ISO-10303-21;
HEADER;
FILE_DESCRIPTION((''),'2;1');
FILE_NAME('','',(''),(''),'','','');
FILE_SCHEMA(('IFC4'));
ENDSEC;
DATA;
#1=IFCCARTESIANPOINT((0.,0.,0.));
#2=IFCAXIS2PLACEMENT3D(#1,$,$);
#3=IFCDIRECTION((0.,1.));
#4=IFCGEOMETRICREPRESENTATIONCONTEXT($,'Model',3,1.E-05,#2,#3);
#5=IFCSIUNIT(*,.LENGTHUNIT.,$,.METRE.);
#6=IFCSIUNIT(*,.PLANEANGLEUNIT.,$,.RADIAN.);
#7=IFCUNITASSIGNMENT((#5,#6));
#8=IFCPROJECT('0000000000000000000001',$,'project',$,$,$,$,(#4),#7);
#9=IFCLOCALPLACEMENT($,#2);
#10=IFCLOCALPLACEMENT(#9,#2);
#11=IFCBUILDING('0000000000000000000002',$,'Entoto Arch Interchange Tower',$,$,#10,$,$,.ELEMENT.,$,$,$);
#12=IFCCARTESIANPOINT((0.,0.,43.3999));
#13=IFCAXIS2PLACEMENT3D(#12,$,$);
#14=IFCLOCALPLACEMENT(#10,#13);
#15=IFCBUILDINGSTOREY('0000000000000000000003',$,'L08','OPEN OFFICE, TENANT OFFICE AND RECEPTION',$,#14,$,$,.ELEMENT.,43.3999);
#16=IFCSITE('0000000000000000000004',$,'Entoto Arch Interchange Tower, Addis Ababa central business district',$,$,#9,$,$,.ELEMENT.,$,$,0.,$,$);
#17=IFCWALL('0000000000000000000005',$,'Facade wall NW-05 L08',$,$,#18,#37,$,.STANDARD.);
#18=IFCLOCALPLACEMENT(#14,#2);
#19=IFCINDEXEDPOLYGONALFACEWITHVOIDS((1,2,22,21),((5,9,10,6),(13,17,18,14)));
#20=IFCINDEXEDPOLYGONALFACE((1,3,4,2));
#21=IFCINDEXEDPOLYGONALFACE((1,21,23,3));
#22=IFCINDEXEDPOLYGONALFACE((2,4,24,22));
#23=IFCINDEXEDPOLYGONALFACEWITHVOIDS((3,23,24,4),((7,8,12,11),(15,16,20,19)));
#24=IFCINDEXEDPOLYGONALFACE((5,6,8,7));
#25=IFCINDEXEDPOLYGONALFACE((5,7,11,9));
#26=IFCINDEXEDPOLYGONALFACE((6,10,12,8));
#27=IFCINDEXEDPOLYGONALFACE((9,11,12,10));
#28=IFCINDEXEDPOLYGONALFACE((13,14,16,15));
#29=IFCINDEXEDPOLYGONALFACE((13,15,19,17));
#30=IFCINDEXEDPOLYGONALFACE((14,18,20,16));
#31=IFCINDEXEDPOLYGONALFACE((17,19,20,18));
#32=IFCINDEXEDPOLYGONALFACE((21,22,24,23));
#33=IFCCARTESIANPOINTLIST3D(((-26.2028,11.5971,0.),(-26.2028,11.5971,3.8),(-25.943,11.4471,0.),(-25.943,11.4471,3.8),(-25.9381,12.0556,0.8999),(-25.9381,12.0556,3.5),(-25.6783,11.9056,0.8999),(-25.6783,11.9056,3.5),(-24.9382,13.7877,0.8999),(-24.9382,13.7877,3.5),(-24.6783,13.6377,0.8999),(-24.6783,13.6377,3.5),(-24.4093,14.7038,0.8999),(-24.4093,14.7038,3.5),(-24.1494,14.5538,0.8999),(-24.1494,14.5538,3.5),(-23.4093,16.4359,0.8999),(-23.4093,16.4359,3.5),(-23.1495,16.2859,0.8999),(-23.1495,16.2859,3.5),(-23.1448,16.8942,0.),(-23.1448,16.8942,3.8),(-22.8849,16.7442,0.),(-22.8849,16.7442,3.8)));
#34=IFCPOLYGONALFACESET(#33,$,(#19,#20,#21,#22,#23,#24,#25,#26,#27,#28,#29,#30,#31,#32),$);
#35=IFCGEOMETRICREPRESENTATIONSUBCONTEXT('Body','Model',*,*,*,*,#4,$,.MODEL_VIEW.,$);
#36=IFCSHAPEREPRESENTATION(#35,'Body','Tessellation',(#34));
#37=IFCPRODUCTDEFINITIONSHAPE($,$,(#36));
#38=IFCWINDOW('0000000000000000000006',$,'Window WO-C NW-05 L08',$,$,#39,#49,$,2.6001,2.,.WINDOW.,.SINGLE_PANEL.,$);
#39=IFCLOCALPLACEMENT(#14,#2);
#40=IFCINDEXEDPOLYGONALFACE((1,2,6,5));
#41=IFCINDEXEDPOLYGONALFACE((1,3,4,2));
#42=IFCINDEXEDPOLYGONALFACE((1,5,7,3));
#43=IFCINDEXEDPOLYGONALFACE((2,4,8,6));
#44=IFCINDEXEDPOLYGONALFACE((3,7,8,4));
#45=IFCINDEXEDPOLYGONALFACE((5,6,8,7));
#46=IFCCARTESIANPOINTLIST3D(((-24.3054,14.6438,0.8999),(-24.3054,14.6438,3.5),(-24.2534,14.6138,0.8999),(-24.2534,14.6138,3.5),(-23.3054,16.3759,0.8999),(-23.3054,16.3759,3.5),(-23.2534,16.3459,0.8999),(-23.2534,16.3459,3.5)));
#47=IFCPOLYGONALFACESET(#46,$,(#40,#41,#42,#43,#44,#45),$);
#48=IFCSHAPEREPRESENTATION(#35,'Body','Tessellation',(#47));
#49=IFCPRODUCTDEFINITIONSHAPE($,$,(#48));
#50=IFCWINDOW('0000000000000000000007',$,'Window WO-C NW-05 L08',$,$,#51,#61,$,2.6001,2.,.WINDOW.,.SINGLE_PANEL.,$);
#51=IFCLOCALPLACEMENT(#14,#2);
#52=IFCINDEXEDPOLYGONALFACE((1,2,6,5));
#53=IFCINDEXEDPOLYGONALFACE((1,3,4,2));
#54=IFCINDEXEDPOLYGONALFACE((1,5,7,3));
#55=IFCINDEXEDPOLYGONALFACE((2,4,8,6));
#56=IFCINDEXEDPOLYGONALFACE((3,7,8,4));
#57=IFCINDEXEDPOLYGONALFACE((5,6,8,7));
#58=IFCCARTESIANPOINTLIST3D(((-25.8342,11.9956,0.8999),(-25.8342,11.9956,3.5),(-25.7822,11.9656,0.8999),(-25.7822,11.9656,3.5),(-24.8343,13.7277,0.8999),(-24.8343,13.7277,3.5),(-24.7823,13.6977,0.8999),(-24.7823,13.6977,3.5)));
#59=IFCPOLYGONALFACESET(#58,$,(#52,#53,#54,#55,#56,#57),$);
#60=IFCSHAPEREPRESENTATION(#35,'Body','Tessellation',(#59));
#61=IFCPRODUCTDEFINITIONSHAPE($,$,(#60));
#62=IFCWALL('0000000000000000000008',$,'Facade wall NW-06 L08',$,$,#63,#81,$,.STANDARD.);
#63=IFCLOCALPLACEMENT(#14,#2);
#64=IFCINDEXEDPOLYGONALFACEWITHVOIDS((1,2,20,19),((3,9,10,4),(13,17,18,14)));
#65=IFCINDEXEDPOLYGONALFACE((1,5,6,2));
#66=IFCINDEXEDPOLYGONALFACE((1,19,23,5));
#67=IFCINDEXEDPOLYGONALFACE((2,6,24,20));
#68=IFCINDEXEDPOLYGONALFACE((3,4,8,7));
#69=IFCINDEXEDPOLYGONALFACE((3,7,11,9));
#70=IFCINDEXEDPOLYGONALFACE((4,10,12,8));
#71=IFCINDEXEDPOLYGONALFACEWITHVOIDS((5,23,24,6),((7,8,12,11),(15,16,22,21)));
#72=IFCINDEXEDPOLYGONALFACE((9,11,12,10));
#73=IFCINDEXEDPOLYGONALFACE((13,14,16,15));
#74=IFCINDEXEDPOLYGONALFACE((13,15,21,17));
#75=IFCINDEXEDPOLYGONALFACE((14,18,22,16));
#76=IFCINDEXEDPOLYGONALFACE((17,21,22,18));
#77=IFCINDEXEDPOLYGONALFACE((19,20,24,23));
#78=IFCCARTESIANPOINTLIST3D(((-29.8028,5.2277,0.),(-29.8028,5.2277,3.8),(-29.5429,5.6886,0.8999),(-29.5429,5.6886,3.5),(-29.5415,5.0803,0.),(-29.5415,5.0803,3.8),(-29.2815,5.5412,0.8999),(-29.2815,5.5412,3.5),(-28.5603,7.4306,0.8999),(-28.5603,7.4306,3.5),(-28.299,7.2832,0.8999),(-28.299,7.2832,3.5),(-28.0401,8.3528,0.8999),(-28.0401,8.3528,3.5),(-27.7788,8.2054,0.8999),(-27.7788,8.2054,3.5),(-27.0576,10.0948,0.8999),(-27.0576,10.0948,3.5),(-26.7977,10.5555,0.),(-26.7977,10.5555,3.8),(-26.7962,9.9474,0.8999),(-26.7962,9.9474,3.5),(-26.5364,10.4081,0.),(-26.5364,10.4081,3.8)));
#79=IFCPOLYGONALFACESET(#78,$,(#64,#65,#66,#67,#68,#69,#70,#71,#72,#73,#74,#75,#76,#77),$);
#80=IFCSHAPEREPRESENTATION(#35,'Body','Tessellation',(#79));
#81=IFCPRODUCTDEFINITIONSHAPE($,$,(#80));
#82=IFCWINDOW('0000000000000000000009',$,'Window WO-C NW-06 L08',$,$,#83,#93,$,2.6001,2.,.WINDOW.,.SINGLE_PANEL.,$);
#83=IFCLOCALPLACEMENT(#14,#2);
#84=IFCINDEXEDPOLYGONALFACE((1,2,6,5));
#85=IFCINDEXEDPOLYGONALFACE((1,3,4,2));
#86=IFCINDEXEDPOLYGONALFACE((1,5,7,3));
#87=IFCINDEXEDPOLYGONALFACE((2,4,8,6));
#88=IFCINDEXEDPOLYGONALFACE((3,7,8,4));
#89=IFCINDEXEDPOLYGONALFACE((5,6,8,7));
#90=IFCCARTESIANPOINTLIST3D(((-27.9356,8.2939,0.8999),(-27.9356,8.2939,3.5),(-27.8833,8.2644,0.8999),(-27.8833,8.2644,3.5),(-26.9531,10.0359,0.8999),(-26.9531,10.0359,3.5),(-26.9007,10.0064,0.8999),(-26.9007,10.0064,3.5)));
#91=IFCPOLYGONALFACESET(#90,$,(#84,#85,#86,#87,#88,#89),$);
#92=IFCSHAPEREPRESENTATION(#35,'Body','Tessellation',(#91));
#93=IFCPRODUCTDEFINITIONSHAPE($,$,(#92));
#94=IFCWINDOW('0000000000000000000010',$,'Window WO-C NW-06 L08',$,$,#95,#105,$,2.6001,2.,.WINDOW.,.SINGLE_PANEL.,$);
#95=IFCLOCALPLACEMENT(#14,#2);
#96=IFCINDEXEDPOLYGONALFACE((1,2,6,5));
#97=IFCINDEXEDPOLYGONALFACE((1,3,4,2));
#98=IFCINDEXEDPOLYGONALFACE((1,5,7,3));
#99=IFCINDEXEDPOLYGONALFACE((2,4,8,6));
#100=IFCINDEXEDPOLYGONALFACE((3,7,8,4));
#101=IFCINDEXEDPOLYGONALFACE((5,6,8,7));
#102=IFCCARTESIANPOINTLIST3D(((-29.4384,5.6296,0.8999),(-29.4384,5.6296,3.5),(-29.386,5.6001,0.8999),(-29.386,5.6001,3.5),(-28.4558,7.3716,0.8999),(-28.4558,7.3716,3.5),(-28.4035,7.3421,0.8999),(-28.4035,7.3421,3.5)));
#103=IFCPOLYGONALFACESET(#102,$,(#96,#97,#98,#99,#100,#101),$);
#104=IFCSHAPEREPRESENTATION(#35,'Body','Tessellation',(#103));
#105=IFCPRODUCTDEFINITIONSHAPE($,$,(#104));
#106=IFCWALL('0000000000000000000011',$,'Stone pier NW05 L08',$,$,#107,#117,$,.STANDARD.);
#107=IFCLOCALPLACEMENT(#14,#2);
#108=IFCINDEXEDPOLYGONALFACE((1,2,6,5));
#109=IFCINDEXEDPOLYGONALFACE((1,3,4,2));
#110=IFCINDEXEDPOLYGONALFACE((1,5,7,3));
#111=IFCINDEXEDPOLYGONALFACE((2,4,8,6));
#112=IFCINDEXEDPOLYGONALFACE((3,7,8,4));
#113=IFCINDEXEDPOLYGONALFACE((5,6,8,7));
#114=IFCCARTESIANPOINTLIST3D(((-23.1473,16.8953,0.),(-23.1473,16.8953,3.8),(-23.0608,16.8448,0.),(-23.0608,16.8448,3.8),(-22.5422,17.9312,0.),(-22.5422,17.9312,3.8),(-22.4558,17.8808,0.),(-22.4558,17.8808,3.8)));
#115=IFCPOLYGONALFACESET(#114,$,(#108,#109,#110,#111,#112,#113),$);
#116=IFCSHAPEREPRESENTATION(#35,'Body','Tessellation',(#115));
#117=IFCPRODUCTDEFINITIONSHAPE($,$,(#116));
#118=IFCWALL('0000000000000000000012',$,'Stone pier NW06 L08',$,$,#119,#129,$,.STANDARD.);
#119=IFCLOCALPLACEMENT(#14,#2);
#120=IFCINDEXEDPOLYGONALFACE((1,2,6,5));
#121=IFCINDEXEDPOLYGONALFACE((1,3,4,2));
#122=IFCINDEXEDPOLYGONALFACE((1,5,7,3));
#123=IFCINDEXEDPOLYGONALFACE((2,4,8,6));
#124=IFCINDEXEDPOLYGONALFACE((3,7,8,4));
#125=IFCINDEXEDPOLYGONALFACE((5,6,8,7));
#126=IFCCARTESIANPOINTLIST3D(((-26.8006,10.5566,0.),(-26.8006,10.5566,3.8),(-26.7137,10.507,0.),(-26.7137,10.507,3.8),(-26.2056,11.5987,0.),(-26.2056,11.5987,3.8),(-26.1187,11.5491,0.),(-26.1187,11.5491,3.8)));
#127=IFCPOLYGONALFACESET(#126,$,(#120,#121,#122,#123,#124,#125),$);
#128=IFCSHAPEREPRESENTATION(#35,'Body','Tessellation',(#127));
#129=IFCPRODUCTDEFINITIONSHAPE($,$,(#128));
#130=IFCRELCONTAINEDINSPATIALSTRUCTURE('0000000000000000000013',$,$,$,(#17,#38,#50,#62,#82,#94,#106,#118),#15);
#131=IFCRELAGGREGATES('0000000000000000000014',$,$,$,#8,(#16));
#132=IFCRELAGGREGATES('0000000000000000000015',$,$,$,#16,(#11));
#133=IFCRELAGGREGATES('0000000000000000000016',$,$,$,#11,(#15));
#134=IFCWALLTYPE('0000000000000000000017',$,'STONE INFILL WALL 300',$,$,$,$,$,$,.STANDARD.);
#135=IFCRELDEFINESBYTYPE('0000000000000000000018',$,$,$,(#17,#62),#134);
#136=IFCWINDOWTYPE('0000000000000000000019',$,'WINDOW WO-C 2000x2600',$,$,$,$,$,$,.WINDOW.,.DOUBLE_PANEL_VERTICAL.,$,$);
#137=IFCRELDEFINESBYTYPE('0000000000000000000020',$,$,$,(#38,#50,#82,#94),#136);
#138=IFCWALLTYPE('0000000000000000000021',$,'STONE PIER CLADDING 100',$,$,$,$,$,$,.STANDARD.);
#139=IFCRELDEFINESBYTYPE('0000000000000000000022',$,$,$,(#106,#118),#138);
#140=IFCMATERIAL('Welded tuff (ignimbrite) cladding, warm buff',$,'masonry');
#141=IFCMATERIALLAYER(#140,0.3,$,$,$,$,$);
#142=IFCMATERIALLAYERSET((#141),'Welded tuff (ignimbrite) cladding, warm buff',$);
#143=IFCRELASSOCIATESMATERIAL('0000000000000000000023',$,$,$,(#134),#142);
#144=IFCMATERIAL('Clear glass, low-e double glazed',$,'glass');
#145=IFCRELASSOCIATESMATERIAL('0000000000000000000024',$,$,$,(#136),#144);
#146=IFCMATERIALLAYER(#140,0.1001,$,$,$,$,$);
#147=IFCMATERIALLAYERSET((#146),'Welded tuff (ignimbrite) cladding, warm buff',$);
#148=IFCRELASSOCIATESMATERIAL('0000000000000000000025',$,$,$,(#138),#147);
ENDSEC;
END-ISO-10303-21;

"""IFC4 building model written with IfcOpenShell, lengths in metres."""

from ifc_helpers import new_model, si_unit, direction, frame, frame_2d, origin, place, context, subcontext, project, spatial, rectangle, extrude, material, layer, layer_set, type_object, element, fill, save


model = new_model("IFC4")

# Units and contexts
model_context = context("Model", 3, precision=1e-05, world=origin(), true_north=direction((0.0, 1.0)))
body_context = subcontext(model_context, "Body", "Model", "MODEL_VIEW")
ifc_project = project(units=[si_unit("LENGTHUNIT", "METRE"), si_unit("PLANEANGLEUNIT", "RADIAN")], contexts=[model_context])

# Site, building, storey
site_placement = place(None, origin())
site = spatial("IfcSite", under=ifc_project, at=site_placement, Name="Entoto Arch Interchange Tower, Addis Ababa central business district", CompositionType="ELEMENT", RefElevation=0.0)
building_placement = place(site_placement, origin())
building = spatial("IfcBuilding", under=site, at=building_placement, Name="Entoto Arch Interchange Tower", CompositionType="ELEMENT")
storey_placement = place(building_placement, frame((0.0, 0.0, 43.3999)))
storey = spatial("IfcBuildingStorey", under=building, at=storey_placement, Name="L08", Description="OPEN OFFICE, TENANT OFFICE AND RECEPTION", CompositionType="ELEMENT", Elevation=43.3999)

# Walls, openings, windows
ifc_material_1 = material(Name="Welded tuff (ignimbrite) cladding, warm buff", Category="masonry")
ifc_layer_1 = layer(ifc_material_1, 0.3)
ifc_layer_set_1 = layer_set([ifc_layer_1], Name="Welded tuff (ignimbrite) cladding, warm buff")
wall_type_1 = type_object("IfcWallType", Name="STONE INFILL WALL 300", PredefinedType="STANDARD", material=ifc_layer_set_1)
wall_1_placement = place(storey_placement, frame((-23.0149, 16.8191, 0.0), z_axis=(0.0, 0.0, 1.0), x_axis=(-0.499977, -0.866039, 0.0)))
wall_1 = element("IfcWall", 1, at=wall_1_placement, inside=storey, type_object=wall_type_1, Name="Facade wall NW-05 L08", PredefinedType="STANDARD", context=body_context, shape_type="SweptSolid", body=[
    extrude(rectangle(XDim=6.1165, YDim=0.3, at=frame_2d((3.0581, 0.0))), origin(), (0.0, 0.0, 1.0), 3.8),
])
opening_1_placement = place(wall_1_placement, frame((0.5291, 0.0, 0.8999)))
opening_1 = element("IfcOpeningElement", 2, at=opening_1_placement, cuts=wall_1, PredefinedType="OPENING", context=body_context, shape_type="SweptSolid", body=[
    extrude(rectangle(XDim=2.0, YDim=2.6001, at=frame_2d((1.0, 1.3))), frame((0.0, 0.1602, 0.0), z_axis=(0.0, -1.0, 0.0), x_axis=(1.0, 0.0, 0.0)), (0.0, 0.0, 1.0), 0.3201),
])
opening_2_placement = place(wall_1_placement, frame((3.5869, 0.0, 0.8999)))
opening_2 = element("IfcOpeningElement", 3, at=opening_2_placement, cuts=wall_1, PredefinedType="OPENING", context=body_context, shape_type="SweptSolid", body=[
    extrude(rectangle(XDim=2.0, YDim=2.6001, at=frame_2d((1.0, 1.3))), frame((0.0, 0.1602, 0.0), z_axis=(0.0, -1.0, 0.0), x_axis=(1.0, 0.0, 0.0)), (0.0, 0.0, 1.0), 0.3201),
])
ifc_material_2 = material(Name="Clear glass, low-e double glazed", Category="glass")
window_type = type_object("IfcWindowType", Name="WINDOW WO-C 2000x2600", PartitioningType="DOUBLE_PANEL_VERTICAL", PredefinedType="WINDOW", material=ifc_material_2)
window_1_placement = place(opening_1_placement, origin())
window_1 = element("IfcWindow", 4, at=window_1_placement, inside=storey, type_object=window_type, Name="Window WO-C NW-05 L08", OverallHeight=2.6001, OverallWidth=2.0, PartitioningType="SINGLE_PANEL", PredefinedType="WINDOW", context=body_context, shape_type="SweptSolid", body=[
    extrude(rectangle(XDim=2.0, YDim=2.6001, at=frame_2d((1.0, 1.3))), frame((0.0, 0.03, 0.0), z_axis=(0.0, -1.0, 0.0), x_axis=(1.0, 0.0, 0.0)), (0.0, 0.0, 1.0), 0.0601),
])
fill(opening_1, window_1)
window_2_placement = place(opening_2_placement, origin())
window_2 = element("IfcWindow", 5, at=window_2_placement, inside=storey, type_object=window_type, Name="Window WO-C NW-05 L08", OverallHeight=2.6001, OverallWidth=2.0, PartitioningType="SINGLE_PANEL", PredefinedType="WINDOW", context=body_context, shape_type="SweptSolid", body=[
    extrude(rectangle(XDim=2.0, YDim=2.6001, at=frame_2d((1.0, 1.3))), frame((0.0, 0.03, 0.0), z_axis=(0.0, -1.0, 0.0), x_axis=(1.0, 0.0, 0.0)), (0.0, 0.0, 1.0), 0.0601),
])
fill(opening_2, window_2)
wall_2_placement = place(storey_placement, frame((-26.667, 10.4819, 0.0), z_axis=(0.0, 0.0, 1.0), x_axis=(-0.491278, -0.871003, 0.0)))
wall_2 = element("IfcWall", 6, at=wall_2_placement, inside=storey, type_object=wall_type_1, Name="Facade wall NW-06 L08", PredefinedType="STANDARD", context=body_context, shape_type="SweptSolid", body=[
    extrude(rectangle(XDim=6.1169, YDim=0.3, at=frame_2d((3.0586, 0.0))), origin(), (0.0, 0.0, 1.0), 3.8),
])
opening_3_placement = place(wall_2_placement, frame((0.5291, 0.0, 0.8999)))
opening_3 = element("IfcOpeningElement", 7, at=opening_3_placement, cuts=wall_2, PredefinedType="OPENING", context=body_context, shape_type="SweptSolid", body=[
    extrude(rectangle(XDim=2.0, YDim=2.6001, at=frame_2d((1.0, 1.3))), frame((0.0, 0.1602, 0.0), z_axis=(0.0, -1.0, 0.0), x_axis=(1.0, 0.0, 0.0)), (0.0, 0.0, 1.0), 0.3201),
])
opening_4_placement = place(wall_2_placement, frame((3.5879, 0.0, 0.8999)))
opening_4 = element("IfcOpeningElement", 8, at=opening_4_placement, cuts=wall_2, PredefinedType="OPENING", context=body_context, shape_type="SweptSolid", body=[
    extrude(rectangle(XDim=2.0, YDim=2.6001, at=frame_2d((1.0, 1.3))), frame((0.0, 0.1602, 0.0), z_axis=(0.0, -1.0, 0.0), x_axis=(1.0, 0.0, 0.0)), (0.0, 0.0, 1.0), 0.3201),
])
window_3_placement = place(opening_3_placement, origin())
window_3 = element("IfcWindow", 9, at=window_3_placement, inside=storey, type_object=window_type, Name="Window WO-C NW-06 L08", OverallHeight=2.6001, OverallWidth=2.0, PartitioningType="SINGLE_PANEL", PredefinedType="WINDOW", context=body_context, shape_type="SweptSolid", body=[
    extrude(rectangle(XDim=2.0, YDim=2.6001, at=frame_2d((1.0, 1.3))), frame((0.0, 0.03, 0.0), z_axis=(0.0, -1.0, 0.0), x_axis=(1.0, 0.0, 0.0)), (0.0, 0.0, 1.0), 0.0601),
])
fill(opening_3, window_3)
window_4_placement = place(opening_4_placement, origin())
window_4 = element("IfcWindow", 10, at=window_4_placement, inside=storey, type_object=window_type, Name="Window WO-C NW-06 L08", OverallHeight=2.6001, OverallWidth=2.0, PartitioningType="SINGLE_PANEL", PredefinedType="WINDOW", context=body_context, shape_type="SweptSolid", body=[
    extrude(rectangle(XDim=2.0, YDim=2.6001, at=frame_2d((1.0, 1.3))), frame((0.0, 0.03, 0.0), z_axis=(0.0, -1.0, 0.0), x_axis=(1.0, 0.0, 0.0)), (0.0, 0.0, 1.0), 0.0601),
])
fill(opening_4, window_4)

# Walls
ifc_layer_2 = layer(ifc_material_1, 0.1001)
ifc_layer_set_2 = layer_set([ifc_layer_2], Name="Welded tuff (ignimbrite) cladding, warm buff")
wall_type_2 = type_object("IfcWallType", Name="STONE PIER CLADDING 100", PredefinedType="STANDARD", material=ifc_layer_set_2)
wall_3_placement = place(storey_placement, frame((-22.499, 17.906, 0.0), z_axis=(0.0, 0.0, 1.0), x_axis=(-0.504314, -0.86352, 0.0)))
element("IfcWall", 11, at=wall_3_placement, inside=storey, type_object=wall_type_2, Name="Stone pier NW05 L08", PredefinedType="STANDARD", context=body_context, shape_type="SweptSolid", body=[
    extrude(rectangle(XDim=1.1997, YDim=0.1001, at=frame_2d((0.5999, 0.0))), origin(), (0.0, 0.0, 1.0), 3.8),
])
wall_4_placement = place(storey_placement, frame((-26.1621, 11.574, 0.0), z_axis=(0.0, 0.0, 1.0), x_axis=(-0.495854, -0.868406, 0.0)))
element("IfcWall", 12, at=wall_4_placement, inside=storey, type_object=wall_type_2, Name="Stone pier NW06 L08", PredefinedType="STANDARD", context=body_context, shape_type="SweptSolid", body=[
    extrude(rectangle(XDim=1.2, YDim=0.1001, at=frame_2d((0.6001, 0.0))), origin(), (0.0, 0.0, 1.0), 3.8),
])

save(model, "model.ifc")
